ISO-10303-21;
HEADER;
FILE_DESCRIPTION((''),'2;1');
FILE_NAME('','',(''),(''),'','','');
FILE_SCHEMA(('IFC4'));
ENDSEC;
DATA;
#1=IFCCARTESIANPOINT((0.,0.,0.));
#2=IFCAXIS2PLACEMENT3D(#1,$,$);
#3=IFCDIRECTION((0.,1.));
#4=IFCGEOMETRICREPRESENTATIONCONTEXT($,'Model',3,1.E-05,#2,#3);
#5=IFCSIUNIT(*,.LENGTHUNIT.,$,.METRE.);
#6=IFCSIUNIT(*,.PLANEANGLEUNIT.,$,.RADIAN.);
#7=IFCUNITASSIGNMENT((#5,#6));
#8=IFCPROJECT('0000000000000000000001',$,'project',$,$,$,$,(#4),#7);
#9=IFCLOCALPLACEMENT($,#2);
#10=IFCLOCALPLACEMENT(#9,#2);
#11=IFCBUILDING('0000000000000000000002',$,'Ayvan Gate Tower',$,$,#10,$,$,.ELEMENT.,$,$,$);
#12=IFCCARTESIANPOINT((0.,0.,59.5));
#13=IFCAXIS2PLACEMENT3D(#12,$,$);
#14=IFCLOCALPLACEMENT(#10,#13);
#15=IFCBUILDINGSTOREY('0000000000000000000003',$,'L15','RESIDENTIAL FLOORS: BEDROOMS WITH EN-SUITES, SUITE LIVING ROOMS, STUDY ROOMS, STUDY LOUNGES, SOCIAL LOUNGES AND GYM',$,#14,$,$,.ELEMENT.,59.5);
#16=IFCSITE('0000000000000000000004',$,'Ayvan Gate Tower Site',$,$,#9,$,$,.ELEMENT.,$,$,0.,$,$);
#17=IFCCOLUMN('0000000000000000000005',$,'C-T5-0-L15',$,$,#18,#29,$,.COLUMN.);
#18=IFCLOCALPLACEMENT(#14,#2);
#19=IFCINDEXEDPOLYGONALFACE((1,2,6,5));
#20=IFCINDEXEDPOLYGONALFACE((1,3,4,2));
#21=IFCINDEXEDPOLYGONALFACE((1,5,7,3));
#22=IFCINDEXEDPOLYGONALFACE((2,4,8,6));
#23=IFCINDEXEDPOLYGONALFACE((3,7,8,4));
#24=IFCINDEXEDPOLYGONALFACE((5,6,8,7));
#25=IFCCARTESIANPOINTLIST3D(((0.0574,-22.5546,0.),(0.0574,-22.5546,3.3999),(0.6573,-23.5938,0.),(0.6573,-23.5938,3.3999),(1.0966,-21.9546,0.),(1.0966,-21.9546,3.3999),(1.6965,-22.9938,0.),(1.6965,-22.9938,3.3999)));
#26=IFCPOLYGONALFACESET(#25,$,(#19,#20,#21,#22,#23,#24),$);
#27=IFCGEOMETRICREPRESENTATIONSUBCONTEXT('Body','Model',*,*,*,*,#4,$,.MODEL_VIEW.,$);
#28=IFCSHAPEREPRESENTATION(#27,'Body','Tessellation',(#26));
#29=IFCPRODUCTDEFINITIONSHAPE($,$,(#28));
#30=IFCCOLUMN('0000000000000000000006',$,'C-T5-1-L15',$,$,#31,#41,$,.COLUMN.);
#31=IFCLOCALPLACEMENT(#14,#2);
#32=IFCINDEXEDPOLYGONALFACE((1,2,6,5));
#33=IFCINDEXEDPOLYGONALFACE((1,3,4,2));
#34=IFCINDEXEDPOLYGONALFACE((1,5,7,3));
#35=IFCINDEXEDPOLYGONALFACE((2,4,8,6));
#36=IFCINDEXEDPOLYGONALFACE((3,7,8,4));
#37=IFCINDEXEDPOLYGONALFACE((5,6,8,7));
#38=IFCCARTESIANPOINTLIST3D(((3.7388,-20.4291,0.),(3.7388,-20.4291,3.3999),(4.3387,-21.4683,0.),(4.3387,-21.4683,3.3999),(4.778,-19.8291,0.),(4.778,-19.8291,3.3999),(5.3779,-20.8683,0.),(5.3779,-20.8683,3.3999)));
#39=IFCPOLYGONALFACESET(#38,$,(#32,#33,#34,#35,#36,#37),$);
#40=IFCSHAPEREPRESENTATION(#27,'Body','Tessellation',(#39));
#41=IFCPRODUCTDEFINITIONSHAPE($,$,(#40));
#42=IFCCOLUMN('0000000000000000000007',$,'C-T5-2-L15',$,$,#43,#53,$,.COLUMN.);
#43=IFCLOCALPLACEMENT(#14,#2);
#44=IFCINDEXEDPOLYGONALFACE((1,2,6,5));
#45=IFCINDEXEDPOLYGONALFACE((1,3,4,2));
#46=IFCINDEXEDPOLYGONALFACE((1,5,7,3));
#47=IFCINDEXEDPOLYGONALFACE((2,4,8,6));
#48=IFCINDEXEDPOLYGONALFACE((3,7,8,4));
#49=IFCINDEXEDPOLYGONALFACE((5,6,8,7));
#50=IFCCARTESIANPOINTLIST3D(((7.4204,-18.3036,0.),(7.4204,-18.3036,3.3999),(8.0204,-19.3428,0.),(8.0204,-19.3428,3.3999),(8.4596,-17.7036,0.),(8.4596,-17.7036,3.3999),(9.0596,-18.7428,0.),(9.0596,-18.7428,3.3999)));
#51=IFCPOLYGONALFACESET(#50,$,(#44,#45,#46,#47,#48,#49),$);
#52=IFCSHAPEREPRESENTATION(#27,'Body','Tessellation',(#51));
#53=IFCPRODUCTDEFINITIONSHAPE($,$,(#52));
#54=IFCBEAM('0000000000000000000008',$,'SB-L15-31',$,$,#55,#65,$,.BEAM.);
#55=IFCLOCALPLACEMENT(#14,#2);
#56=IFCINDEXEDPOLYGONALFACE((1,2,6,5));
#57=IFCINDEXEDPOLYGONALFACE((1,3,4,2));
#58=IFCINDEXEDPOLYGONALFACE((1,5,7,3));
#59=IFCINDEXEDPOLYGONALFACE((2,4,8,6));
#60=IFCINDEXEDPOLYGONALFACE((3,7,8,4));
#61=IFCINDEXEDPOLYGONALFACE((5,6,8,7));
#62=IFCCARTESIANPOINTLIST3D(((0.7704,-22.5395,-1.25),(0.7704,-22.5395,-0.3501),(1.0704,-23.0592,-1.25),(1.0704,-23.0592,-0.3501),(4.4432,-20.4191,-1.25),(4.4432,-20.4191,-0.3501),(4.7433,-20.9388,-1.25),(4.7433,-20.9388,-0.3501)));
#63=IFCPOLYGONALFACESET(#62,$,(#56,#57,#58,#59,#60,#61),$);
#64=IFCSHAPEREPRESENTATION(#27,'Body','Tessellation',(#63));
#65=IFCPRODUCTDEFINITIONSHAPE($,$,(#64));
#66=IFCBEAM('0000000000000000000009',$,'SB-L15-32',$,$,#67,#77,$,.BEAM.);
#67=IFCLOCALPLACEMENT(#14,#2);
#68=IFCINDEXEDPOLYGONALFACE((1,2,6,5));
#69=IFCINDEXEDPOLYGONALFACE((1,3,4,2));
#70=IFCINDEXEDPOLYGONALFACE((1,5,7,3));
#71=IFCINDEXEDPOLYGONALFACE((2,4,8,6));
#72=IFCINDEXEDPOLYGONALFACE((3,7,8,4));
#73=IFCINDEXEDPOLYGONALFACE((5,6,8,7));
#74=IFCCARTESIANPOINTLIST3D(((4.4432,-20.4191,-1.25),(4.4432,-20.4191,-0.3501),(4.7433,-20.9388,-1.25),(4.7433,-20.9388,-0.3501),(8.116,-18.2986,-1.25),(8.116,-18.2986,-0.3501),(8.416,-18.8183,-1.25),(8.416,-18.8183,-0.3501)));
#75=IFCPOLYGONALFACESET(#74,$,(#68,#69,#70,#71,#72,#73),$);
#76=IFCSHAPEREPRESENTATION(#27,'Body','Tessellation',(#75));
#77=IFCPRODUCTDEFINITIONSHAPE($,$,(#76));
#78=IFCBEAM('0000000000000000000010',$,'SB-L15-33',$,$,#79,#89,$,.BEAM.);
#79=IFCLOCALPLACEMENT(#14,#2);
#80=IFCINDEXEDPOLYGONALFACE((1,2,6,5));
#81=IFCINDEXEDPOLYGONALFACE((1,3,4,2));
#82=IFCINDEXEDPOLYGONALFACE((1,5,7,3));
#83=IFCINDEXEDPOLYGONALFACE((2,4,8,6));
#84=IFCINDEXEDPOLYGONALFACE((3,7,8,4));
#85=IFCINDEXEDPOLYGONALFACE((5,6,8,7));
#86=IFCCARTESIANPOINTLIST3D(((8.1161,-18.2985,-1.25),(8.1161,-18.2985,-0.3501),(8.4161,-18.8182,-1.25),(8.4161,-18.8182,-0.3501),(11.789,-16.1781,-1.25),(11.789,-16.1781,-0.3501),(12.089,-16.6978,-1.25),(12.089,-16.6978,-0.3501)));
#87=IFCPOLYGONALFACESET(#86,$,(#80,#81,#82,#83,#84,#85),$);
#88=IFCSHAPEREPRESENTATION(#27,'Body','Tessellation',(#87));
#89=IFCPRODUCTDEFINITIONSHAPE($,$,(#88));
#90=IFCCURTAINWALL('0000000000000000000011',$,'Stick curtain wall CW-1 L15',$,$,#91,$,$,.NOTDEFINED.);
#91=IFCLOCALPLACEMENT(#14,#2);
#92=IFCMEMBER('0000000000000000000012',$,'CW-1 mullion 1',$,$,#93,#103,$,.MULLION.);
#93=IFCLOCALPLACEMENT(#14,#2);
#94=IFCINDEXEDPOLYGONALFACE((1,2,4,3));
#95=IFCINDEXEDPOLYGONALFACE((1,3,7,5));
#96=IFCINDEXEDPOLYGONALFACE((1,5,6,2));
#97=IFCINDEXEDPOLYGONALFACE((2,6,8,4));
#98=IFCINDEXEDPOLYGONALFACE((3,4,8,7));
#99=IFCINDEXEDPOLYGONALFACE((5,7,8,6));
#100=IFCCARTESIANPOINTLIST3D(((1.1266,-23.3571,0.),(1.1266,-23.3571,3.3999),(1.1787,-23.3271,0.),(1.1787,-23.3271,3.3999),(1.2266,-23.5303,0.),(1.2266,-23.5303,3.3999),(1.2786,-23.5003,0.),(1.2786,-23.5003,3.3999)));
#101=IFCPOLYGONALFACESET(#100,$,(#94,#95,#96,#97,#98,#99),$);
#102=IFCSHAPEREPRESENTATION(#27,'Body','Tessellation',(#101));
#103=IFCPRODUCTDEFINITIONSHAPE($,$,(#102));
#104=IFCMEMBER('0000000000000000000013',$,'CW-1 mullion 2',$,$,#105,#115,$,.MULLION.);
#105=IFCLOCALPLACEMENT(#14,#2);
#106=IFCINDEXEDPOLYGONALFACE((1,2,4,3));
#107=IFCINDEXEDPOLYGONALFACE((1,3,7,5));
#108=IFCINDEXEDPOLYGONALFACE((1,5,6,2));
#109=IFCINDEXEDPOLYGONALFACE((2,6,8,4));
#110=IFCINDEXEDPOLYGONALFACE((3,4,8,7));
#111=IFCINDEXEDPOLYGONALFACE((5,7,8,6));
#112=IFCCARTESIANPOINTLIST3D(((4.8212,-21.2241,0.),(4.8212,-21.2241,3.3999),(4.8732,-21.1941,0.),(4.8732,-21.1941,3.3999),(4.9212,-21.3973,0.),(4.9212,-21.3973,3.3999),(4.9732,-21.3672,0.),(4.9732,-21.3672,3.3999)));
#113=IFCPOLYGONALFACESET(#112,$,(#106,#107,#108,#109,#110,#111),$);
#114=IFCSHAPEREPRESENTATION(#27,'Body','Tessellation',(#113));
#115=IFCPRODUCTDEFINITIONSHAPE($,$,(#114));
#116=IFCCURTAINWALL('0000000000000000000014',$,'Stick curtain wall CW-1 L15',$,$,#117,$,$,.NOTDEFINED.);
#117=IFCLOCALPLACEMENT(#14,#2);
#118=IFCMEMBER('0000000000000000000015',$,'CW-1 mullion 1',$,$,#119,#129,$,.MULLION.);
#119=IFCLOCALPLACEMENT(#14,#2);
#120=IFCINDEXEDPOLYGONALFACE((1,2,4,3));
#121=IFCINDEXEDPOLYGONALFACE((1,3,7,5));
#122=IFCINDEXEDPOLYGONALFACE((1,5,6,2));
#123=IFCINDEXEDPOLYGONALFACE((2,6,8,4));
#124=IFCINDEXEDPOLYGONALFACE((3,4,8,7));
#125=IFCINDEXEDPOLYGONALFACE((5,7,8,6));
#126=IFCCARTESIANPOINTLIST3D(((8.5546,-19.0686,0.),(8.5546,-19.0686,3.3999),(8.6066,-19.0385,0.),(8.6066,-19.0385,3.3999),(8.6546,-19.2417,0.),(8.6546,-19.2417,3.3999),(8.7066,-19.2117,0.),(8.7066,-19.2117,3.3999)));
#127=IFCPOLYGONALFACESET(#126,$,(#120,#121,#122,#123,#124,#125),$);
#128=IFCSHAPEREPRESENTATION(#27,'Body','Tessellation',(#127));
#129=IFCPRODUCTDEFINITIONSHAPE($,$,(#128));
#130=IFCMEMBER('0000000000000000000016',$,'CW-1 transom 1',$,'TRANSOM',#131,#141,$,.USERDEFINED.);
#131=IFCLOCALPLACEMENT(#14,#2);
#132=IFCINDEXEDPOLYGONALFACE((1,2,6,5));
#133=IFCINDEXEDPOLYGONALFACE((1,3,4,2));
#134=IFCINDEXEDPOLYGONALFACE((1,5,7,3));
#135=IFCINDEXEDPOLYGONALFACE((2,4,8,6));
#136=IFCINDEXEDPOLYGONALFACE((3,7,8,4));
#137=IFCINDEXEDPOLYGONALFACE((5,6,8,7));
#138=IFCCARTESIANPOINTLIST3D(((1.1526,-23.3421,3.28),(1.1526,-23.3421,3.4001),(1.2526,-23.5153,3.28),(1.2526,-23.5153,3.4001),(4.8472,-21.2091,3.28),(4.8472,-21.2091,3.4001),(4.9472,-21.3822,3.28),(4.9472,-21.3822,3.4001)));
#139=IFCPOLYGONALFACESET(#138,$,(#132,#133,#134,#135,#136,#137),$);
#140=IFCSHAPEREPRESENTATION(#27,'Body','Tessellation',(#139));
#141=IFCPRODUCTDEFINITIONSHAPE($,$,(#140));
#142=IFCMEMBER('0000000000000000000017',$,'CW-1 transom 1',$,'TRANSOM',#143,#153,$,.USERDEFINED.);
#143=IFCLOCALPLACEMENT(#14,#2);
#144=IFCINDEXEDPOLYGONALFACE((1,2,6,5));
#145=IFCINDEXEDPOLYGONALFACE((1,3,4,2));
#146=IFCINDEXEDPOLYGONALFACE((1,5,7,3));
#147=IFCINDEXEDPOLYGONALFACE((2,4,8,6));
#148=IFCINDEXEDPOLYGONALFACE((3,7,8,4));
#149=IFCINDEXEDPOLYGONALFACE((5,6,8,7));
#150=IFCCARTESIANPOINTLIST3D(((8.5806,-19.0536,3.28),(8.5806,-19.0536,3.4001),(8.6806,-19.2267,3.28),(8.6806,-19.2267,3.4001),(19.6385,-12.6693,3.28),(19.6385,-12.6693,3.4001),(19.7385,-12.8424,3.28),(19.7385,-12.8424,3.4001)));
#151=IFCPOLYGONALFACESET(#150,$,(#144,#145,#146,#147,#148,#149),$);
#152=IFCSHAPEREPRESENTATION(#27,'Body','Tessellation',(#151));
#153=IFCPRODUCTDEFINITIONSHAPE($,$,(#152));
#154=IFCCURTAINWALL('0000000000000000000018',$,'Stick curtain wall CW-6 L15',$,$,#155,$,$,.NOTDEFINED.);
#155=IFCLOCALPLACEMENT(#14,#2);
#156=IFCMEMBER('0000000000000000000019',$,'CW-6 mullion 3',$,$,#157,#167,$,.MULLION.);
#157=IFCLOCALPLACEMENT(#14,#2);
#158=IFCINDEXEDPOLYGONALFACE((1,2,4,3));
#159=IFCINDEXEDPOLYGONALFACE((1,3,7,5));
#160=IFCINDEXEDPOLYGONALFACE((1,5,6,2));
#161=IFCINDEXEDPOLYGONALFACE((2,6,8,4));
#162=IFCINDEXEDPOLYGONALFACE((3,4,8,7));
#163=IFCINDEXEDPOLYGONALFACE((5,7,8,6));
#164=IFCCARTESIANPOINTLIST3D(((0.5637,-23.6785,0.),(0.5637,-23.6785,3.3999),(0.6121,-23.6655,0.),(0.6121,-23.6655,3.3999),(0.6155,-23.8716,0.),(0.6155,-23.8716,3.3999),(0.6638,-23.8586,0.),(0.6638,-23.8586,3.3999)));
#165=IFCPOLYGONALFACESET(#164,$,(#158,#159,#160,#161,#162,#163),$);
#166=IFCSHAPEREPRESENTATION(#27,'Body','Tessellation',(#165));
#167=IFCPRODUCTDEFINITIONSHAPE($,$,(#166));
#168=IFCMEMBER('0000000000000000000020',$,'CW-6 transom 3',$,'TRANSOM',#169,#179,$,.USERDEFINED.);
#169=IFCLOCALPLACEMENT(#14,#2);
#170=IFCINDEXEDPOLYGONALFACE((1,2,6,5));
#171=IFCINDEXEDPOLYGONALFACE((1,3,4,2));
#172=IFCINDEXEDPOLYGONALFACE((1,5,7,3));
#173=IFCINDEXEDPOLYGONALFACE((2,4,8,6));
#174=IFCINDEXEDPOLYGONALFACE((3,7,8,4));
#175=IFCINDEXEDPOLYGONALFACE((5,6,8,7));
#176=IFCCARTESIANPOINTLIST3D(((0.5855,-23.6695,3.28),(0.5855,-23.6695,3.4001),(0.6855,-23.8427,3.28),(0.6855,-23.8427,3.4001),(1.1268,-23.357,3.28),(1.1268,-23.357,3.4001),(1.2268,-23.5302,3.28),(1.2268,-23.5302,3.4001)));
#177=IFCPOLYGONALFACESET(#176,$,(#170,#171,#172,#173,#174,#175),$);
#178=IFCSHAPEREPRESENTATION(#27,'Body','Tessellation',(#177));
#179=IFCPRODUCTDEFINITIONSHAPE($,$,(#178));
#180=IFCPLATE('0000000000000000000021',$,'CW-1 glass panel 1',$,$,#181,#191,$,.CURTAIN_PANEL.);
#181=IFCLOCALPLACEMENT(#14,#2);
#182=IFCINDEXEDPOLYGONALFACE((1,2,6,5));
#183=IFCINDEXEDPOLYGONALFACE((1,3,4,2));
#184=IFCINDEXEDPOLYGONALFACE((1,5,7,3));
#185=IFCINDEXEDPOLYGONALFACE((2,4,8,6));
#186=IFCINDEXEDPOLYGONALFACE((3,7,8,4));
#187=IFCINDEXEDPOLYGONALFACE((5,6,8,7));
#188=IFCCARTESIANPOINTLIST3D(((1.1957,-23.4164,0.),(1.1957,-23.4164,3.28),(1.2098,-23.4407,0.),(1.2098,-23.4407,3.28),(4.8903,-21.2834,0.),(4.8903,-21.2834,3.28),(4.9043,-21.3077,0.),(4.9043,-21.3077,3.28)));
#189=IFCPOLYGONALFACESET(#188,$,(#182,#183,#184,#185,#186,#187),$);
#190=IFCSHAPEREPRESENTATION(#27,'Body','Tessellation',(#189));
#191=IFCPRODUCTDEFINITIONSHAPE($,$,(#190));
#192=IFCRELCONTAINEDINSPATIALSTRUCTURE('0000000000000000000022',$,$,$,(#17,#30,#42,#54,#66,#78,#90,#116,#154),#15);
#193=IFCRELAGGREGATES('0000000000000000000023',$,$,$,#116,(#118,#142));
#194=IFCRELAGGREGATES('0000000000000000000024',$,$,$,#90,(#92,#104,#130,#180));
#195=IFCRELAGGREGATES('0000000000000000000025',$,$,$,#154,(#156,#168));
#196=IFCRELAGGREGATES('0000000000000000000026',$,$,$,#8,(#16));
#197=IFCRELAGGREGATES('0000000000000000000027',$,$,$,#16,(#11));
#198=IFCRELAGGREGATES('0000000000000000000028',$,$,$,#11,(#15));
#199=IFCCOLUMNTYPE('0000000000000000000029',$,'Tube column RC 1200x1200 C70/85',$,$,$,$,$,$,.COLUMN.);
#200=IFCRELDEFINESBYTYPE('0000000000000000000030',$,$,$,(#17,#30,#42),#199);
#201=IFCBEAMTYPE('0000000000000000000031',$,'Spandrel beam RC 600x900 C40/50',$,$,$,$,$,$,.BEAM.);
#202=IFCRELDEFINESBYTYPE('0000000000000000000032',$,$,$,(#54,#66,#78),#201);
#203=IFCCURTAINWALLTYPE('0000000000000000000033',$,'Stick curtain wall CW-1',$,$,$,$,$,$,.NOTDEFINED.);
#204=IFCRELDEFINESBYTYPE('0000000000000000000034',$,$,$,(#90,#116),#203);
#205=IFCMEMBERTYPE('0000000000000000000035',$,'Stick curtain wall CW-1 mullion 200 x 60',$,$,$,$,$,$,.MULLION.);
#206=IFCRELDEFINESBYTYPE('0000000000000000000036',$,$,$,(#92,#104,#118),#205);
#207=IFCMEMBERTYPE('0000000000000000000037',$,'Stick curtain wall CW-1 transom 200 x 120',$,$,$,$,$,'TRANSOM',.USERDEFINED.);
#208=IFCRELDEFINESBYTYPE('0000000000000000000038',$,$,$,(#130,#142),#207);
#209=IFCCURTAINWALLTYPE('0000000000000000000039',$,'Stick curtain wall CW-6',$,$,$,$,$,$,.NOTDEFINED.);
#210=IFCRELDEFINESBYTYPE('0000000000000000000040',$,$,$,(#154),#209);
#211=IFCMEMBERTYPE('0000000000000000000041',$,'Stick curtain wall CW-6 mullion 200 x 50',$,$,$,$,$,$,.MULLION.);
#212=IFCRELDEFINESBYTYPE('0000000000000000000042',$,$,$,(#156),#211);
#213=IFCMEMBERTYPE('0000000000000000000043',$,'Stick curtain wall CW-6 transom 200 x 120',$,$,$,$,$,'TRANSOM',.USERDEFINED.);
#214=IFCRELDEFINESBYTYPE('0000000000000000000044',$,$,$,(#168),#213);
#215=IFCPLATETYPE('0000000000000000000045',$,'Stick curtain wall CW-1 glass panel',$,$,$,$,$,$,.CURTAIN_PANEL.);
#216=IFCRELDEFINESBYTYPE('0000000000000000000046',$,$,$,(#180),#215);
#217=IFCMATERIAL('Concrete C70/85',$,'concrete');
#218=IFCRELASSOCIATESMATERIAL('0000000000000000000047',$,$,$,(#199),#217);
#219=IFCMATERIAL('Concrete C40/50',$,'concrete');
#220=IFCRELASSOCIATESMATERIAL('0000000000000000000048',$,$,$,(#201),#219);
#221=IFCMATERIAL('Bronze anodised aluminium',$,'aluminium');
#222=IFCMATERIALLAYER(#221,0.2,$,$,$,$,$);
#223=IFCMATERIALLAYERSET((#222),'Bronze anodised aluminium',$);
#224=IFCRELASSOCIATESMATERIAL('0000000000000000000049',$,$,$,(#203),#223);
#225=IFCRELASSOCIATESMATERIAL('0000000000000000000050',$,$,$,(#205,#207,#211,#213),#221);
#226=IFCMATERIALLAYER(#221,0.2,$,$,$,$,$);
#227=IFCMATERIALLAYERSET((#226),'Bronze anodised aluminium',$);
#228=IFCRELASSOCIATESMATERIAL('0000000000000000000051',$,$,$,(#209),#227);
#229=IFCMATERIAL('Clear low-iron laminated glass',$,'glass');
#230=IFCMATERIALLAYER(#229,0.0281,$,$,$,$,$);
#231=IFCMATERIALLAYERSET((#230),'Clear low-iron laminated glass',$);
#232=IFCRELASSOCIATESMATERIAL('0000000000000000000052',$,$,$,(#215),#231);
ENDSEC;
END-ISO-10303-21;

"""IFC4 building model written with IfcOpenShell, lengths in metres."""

from ifc_helpers import new_model, si_unit, direction, frame, origin, origin_2d, place, context, subcontext, project, spatial, rectangle, extrude, material, layer, layer_set, material_profile, profile_set, type_object, element, aggregate, save


model = new_model("IFC4")

# Units and contexts
model_context = context("Model", 3, precision=1e-05, world=origin(), true_north=direction((0.0, 1.0)))
body_context = subcontext(model_context, "Body", "Model", "MODEL_VIEW")
ifc_project = project(units=[si_unit("LENGTHUNIT", "METRE"), si_unit("PLANEANGLEUNIT", "RADIAN")], contexts=[model_context])

# Site, building, storey
site_placement = place(None, origin())
site = spatial("IfcSite", under=ifc_project, at=site_placement, Name="Ayvan Gate Tower Site", CompositionType="ELEMENT", RefElevation=0.0)
building_placement = place(site_placement, origin())
building = spatial("IfcBuilding", under=site, at=building_placement, Name="Ayvan Gate Tower", CompositionType="ELEMENT")
storey_placement = place(building_placement, frame((0.0, 0.0, 59.5)))
storey = spatial("IfcBuildingStorey", under=building, at=storey_placement, Name="L15", Description="RESIDENTIAL FLOORS: BEDROOMS WITH EN-SUITES, SUITE LIVING ROOMS, STUDY ROOMS, STUDY LOUNGES, SOCIAL LOUNGES AND GYM", CompositionType="ELEMENT", Elevation=59.5)

# Columns
ifc_material_1 = material(Name="Concrete C70/85", Category="concrete")
ifc_material_profile_1 = material_profile(ifc_material_1, rectangle(XDim=1.2, YDim=1.2, at=origin_2d()), Name="RC 1200x1200")
ifc_profile_set_1 = profile_set([ifc_material_profile_1], Name="Concrete C70/85")
column_type = type_object("IfcColumnType", Name="Tube column RC 1200x1200 C70/85", PredefinedType="COLUMN", material=ifc_profile_set_1)
for number, where, z_axis, x_axis, name in (
    (1, (0.877, -22.7742, 0.0), (0.0, 0.0, 1.0), (0.5, -0.866025, 0.0), "C-T5-0-L15"),
    (2, (4.5583, -20.6487, 0.0), (0.0, 0.0, 1.0), (0.5, -0.866025, 0.0), "C-T5-1-L15"),
    (3, (8.24, -18.5232, 0.0), (0.0, 0.0, 1.0), (0.5, -0.866025, 0.0), "C-T5-2-L15"),
):
    element("IfcColumn", number, at=place(storey_placement, frame(where, z_axis=z_axis, x_axis=x_axis)), inside=storey, type_object=column_type, Name=name, PredefinedType="COLUMN", context=body_context, shape_type="SweptSolid", body=[
        extrude(rectangle(XDim=1.2, YDim=1.2, at=origin_2d()), origin(), (0.0, 0.0, 1.0), 3.3999),
    ])

# Beams
ifc_material_2 = material(Name="Concrete C40/50", Category="concrete")
ifc_material_profile_2 = material_profile(ifc_material_2, rectangle(XDim=0.6001, YDim=0.8999, at=origin_2d()), Name="RC 600x900")
ifc_profile_set_2 = profile_set([ifc_material_profile_2], Name="Concrete C40/50")
beam_type = type_object("IfcBeamType", Name="Spandrel beam RC 600x900 C40/50", PredefinedType="BEAM", material=ifc_profile_set_2)
for number, where, z_axis, x_axis, name in (
    (4, (0.9204, -22.7993, -0.8), (0.866042, 0.499972, 0.0), (-0.499972, 0.866042, 0.0), "SB-L15-31"),
    (5, (4.5933, -20.679, -0.8), (0.866017, 0.500015, 0.0), (-0.500015, 0.866017, 0.0), "SB-L15-32"),
    (6, (8.2661, -18.5583, -0.8), (0.866042, 0.499972, 0.0), (-0.499972, 0.866042, 0.0), "SB-L15-33"),
):
    element("IfcBeam", number, at=place(storey_placement, frame(where, z_axis=z_axis, x_axis=x_axis)), inside=storey, type_object=beam_type, Name=name, PredefinedType="BEAM", context=body_context, shape_type="SweptSolid", body=[
        extrude(rectangle(XDim=0.6001, YDim=0.8999, at=origin_2d()), origin(), (0.0, 0.0, 1.0), 4.241),
    ])

# Curtain wall, members
ifc_material_3 = material(Name="Bronze anodised aluminium", Category="aluminium")
ifc_layer_1 = layer(ifc_material_3, 0.2)
ifc_layer_set_1 = layer_set([ifc_layer_1], Name="Bronze anodised aluminium")
curtain_wall_type_1 = type_object("IfcCurtainWallType", Name="Stick curtain wall CW-1", PredefinedType="NOTDEFINED", material=ifc_layer_set_1)
curtain_wall_1_placement = place(storey_placement, origin())
curtain_wall_1 = element("IfcCurtainWall", 7, at=curtain_wall_1_placement, inside=storey, type_object=curtain_wall_type_1, Name="Stick curtain wall CW-1 L15", PredefinedType="NOTDEFINED")
ifc_material_profile_3 = material_profile(ifc_material_3, rectangle(XDim=0.2, YDim=0.0601, at=origin_2d()), Name="Stick curtain wall CW-1 mullion 200 x 60")
ifc_profile_set_3 = profile_set([ifc_material_profile_3], Name="Bronze anodised aluminium")
member_type_1 = type_object("IfcMemberType", Name="Stick curtain wall CW-1 mullion 200 x 60", PredefinedType="MULLION", material=ifc_profile_set_3)
member_1_placement = place(storey_placement, frame((1.2026, -23.4287, 0.0), z_axis=(0.0, 0.0, 1.0), x_axis=(0.5, -0.866025, 0.0)))
member_1 = element("IfcMember", 8, at=member_1_placement, type_object=member_type_1, Name="CW-1 mullion 1", PredefinedType="MULLION", context=body_context, shape_type="SweptSolid", body=[
    extrude(rectangle(XDim=0.2, YDim=0.0601, at=origin_2d()), origin(), (0.0, 0.0, 1.0), 3.3999),
])
member_2_placement = place(storey_placement, frame((4.8972, -21.2957, 0.0), z_axis=(0.0, 0.0, 1.0), x_axis=(0.5, -0.866025, 0.0)))
member_2 = element("IfcMember", 9, at=member_2_placement, type_object=member_type_1, Name="CW-1 mullion 2", PredefinedType="MULLION", context=body_context, shape_type="SweptSolid", body=[
    extrude(rectangle(XDim=0.2, YDim=0.0601, at=origin_2d()), origin(), (0.0, 0.0, 1.0), 3.3999),
])

# Curtain wall, member
curtain_wall_2_placement = place(storey_placement, origin())
curtain_wall_2 = element("IfcCurtainWall", 10, at=curtain_wall_2_placement, inside=storey, type_object=curtain_wall_type_1, Name="Stick curtain wall CW-1 L15", PredefinedType="NOTDEFINED")
member_3_placement = place(storey_placement, frame((8.6306, -19.1401, 0.0), z_axis=(0.0, 0.0, 1.0), x_axis=(0.5, -0.866025, 0.0)))
member_3 = element("IfcMember", 11, at=member_3_placement, type_object=member_type_1, Name="CW-1 mullion 1", PredefinedType="MULLION", context=body_context, shape_type="SweptSolid", body=[
    extrude(rectangle(XDim=0.2, YDim=0.0601, at=origin_2d()), origin(), (0.0, 0.0, 1.0), 3.3999),
])

# Members
ifc_material_profile_4 = material_profile(ifc_material_3, rectangle(XDim=0.2, YDim=0.1201, at=origin_2d()), Name="Stick curtain wall CW-1 transom 200 x 120")
ifc_profile_set_4 = profile_set([ifc_material_profile_4], Name="Bronze anodised aluminium")
member_type_2 = type_object("IfcMemberType", Name="Stick curtain wall CW-1 transom 200 x 120", ElementType="TRANSOM", PredefinedType="USERDEFINED", material=ifc_profile_set_4)
member_4_placement = place(storey_placement, frame((1.2026, -23.4287, 3.3401), z_axis=(0.866026, 0.499998, 0.0), x_axis=(-0.499998, 0.866026, 0.0)))
member_4 = element("IfcMember", 12, at=member_4_placement, type_object=member_type_2, Name="CW-1 transom 1", ObjectType="TRANSOM", PredefinedType="USERDEFINED", context=body_context, shape_type="SweptSolid", body=[
    extrude(rectangle(XDim=0.2, YDim=0.1201, at=origin_2d()), origin(), (0.0, 0.0, 1.0), 4.2661),
])
member_5_placement = place(storey_placement, frame((8.6306, -19.1401, 3.3401), z_axis=(0.866025, 0.500001, 0.0), x_axis=(-0.500001, 0.866025, 0.0)))
member_5 = element("IfcMember", 13, at=member_5_placement, type_object=member_type_2, Name="CW-1 transom 1", ObjectType="TRANSOM", PredefinedType="USERDEFINED", context=body_context, shape_type="SweptSolid", body=[
    extrude(rectangle(XDim=0.2, YDim=0.1201, at=origin_2d()), origin(), (0.0, 0.0, 1.0), 12.7686),
])
aggregate(curtain_wall_2, [member_3, member_5])

# Curtain wall, members
ifc_layer_2 = layer(ifc_material_3, 0.2)
ifc_layer_set_2 = layer_set([ifc_layer_2], Name="Bronze anodised aluminium")
curtain_wall_type_2 = type_object("IfcCurtainWallType", Name="Stick curtain wall CW-6", PredefinedType="NOTDEFINED", material=ifc_layer_set_2)
curtain_wall_3_placement = place(storey_placement, origin())
curtain_wall_3 = element("IfcCurtainWall", 14, at=curtain_wall_3_placement, inside=storey, type_object=curtain_wall_type_2, Name="Stick curtain wall CW-6 L15", PredefinedType="NOTDEFINED")
ifc_material_profile_5 = material_profile(ifc_material_3, rectangle(XDim=0.2, YDim=0.05, at=origin_2d()), Name="Stick curtain wall CW-6 mullion 200 x 50")
ifc_profile_set_5 = profile_set([ifc_material_profile_5], Name="Bronze anodised aluminium")
member_type_3 = type_object("IfcMemberType", Name="Stick curtain wall CW-6 mullion 200 x 50", PredefinedType="MULLION", material=ifc_profile_set_5)
member_6_placement = place(storey_placement, frame((0.6138, -23.7686, 0.0), z_axis=(0.0, 0.0, 1.0), x_axis=(0.258819, -0.965926, 0.0)))
member_6 = element("IfcMember", 15, at=member_6_placement, type_object=member_type_3, Name="CW-6 mullion 3", PredefinedType="MULLION", context=body_context, shape_type="SweptSolid", body=[
    extrude(rectangle(XDim=0.2, YDim=0.05, at=origin_2d()), origin(), (0.0, 0.0, 1.0), 3.3999),
])
ifc_material_profile_6 = material_profile(ifc_material_3, rectangle(XDim=0.2, YDim=0.1201, at=origin_2d()), Name="Stick curtain wall CW-6 transom 200 x 120")
ifc_profile_set_6 = profile_set([ifc_material_profile_6], Name="Bronze anodised aluminium")
member_type_4 = type_object("IfcMemberType", Name="Stick curtain wall CW-6 transom 200 x 120", ElementType="TRANSOM", PredefinedType="USERDEFINED", material=ifc_profile_set_6)
member_7_placement = place(storey_placement, frame((0.6355, -23.7561, 3.3401), z_axis=(0.866023, 0.500004, 0.0), x_axis=(-0.500004, 0.866023, 0.0)))
member_7 = element("IfcMember", 16, at=member_7_placement, type_object=member_type_4, Name="CW-6 transom 3", ObjectType="TRANSOM", PredefinedType="USERDEFINED", context=body_context, shape_type="SweptSolid", body=[
    extrude(rectangle(XDim=0.2, YDim=0.1201, at=origin_2d()), origin(), (0.0, 0.0, 1.0), 0.625),
])

# Plate
ifc_material_4 = material(Name="Clear low-iron laminated glass", Category="glass")
ifc_layer_3 = layer(ifc_material_4, 0.0281)
ifc_layer_set_3 = layer_set([ifc_layer_3], Name="Clear low-iron laminated glass")
plate_type_1 = type_object("IfcPlateType", Name="Stick curtain wall CW-1 glass panel", PredefinedType="CURTAIN_PANEL", material=ifc_layer_set_3)
plate_1_placement = place(storey_placement, frame((3.05, -22.3621, 0.0), z_axis=(0.0, 0.0, 1.0), x_axis=(0.866025, 0.5, 0.0)))
plate_1 = element("IfcPlate", 17, at=plate_1_placement, type_object=plate_type_1, Name="CW-1 glass panel 1", PredefinedType="CURTAIN_PANEL", context=body_context, shape_type="SweptSolid", body=[
    extrude(rectangle(XDim=4.2661, YDim=0.0281, at=origin_2d()), origin(), (0.0, 0.0, 1.0), 3.28),
])
aggregate(curtain_wall_1, [member_1, member_2, member_4, plate_1])
aggregate(curtain_wall_3, [member_6, member_7])

save(model, "model.ifc")
